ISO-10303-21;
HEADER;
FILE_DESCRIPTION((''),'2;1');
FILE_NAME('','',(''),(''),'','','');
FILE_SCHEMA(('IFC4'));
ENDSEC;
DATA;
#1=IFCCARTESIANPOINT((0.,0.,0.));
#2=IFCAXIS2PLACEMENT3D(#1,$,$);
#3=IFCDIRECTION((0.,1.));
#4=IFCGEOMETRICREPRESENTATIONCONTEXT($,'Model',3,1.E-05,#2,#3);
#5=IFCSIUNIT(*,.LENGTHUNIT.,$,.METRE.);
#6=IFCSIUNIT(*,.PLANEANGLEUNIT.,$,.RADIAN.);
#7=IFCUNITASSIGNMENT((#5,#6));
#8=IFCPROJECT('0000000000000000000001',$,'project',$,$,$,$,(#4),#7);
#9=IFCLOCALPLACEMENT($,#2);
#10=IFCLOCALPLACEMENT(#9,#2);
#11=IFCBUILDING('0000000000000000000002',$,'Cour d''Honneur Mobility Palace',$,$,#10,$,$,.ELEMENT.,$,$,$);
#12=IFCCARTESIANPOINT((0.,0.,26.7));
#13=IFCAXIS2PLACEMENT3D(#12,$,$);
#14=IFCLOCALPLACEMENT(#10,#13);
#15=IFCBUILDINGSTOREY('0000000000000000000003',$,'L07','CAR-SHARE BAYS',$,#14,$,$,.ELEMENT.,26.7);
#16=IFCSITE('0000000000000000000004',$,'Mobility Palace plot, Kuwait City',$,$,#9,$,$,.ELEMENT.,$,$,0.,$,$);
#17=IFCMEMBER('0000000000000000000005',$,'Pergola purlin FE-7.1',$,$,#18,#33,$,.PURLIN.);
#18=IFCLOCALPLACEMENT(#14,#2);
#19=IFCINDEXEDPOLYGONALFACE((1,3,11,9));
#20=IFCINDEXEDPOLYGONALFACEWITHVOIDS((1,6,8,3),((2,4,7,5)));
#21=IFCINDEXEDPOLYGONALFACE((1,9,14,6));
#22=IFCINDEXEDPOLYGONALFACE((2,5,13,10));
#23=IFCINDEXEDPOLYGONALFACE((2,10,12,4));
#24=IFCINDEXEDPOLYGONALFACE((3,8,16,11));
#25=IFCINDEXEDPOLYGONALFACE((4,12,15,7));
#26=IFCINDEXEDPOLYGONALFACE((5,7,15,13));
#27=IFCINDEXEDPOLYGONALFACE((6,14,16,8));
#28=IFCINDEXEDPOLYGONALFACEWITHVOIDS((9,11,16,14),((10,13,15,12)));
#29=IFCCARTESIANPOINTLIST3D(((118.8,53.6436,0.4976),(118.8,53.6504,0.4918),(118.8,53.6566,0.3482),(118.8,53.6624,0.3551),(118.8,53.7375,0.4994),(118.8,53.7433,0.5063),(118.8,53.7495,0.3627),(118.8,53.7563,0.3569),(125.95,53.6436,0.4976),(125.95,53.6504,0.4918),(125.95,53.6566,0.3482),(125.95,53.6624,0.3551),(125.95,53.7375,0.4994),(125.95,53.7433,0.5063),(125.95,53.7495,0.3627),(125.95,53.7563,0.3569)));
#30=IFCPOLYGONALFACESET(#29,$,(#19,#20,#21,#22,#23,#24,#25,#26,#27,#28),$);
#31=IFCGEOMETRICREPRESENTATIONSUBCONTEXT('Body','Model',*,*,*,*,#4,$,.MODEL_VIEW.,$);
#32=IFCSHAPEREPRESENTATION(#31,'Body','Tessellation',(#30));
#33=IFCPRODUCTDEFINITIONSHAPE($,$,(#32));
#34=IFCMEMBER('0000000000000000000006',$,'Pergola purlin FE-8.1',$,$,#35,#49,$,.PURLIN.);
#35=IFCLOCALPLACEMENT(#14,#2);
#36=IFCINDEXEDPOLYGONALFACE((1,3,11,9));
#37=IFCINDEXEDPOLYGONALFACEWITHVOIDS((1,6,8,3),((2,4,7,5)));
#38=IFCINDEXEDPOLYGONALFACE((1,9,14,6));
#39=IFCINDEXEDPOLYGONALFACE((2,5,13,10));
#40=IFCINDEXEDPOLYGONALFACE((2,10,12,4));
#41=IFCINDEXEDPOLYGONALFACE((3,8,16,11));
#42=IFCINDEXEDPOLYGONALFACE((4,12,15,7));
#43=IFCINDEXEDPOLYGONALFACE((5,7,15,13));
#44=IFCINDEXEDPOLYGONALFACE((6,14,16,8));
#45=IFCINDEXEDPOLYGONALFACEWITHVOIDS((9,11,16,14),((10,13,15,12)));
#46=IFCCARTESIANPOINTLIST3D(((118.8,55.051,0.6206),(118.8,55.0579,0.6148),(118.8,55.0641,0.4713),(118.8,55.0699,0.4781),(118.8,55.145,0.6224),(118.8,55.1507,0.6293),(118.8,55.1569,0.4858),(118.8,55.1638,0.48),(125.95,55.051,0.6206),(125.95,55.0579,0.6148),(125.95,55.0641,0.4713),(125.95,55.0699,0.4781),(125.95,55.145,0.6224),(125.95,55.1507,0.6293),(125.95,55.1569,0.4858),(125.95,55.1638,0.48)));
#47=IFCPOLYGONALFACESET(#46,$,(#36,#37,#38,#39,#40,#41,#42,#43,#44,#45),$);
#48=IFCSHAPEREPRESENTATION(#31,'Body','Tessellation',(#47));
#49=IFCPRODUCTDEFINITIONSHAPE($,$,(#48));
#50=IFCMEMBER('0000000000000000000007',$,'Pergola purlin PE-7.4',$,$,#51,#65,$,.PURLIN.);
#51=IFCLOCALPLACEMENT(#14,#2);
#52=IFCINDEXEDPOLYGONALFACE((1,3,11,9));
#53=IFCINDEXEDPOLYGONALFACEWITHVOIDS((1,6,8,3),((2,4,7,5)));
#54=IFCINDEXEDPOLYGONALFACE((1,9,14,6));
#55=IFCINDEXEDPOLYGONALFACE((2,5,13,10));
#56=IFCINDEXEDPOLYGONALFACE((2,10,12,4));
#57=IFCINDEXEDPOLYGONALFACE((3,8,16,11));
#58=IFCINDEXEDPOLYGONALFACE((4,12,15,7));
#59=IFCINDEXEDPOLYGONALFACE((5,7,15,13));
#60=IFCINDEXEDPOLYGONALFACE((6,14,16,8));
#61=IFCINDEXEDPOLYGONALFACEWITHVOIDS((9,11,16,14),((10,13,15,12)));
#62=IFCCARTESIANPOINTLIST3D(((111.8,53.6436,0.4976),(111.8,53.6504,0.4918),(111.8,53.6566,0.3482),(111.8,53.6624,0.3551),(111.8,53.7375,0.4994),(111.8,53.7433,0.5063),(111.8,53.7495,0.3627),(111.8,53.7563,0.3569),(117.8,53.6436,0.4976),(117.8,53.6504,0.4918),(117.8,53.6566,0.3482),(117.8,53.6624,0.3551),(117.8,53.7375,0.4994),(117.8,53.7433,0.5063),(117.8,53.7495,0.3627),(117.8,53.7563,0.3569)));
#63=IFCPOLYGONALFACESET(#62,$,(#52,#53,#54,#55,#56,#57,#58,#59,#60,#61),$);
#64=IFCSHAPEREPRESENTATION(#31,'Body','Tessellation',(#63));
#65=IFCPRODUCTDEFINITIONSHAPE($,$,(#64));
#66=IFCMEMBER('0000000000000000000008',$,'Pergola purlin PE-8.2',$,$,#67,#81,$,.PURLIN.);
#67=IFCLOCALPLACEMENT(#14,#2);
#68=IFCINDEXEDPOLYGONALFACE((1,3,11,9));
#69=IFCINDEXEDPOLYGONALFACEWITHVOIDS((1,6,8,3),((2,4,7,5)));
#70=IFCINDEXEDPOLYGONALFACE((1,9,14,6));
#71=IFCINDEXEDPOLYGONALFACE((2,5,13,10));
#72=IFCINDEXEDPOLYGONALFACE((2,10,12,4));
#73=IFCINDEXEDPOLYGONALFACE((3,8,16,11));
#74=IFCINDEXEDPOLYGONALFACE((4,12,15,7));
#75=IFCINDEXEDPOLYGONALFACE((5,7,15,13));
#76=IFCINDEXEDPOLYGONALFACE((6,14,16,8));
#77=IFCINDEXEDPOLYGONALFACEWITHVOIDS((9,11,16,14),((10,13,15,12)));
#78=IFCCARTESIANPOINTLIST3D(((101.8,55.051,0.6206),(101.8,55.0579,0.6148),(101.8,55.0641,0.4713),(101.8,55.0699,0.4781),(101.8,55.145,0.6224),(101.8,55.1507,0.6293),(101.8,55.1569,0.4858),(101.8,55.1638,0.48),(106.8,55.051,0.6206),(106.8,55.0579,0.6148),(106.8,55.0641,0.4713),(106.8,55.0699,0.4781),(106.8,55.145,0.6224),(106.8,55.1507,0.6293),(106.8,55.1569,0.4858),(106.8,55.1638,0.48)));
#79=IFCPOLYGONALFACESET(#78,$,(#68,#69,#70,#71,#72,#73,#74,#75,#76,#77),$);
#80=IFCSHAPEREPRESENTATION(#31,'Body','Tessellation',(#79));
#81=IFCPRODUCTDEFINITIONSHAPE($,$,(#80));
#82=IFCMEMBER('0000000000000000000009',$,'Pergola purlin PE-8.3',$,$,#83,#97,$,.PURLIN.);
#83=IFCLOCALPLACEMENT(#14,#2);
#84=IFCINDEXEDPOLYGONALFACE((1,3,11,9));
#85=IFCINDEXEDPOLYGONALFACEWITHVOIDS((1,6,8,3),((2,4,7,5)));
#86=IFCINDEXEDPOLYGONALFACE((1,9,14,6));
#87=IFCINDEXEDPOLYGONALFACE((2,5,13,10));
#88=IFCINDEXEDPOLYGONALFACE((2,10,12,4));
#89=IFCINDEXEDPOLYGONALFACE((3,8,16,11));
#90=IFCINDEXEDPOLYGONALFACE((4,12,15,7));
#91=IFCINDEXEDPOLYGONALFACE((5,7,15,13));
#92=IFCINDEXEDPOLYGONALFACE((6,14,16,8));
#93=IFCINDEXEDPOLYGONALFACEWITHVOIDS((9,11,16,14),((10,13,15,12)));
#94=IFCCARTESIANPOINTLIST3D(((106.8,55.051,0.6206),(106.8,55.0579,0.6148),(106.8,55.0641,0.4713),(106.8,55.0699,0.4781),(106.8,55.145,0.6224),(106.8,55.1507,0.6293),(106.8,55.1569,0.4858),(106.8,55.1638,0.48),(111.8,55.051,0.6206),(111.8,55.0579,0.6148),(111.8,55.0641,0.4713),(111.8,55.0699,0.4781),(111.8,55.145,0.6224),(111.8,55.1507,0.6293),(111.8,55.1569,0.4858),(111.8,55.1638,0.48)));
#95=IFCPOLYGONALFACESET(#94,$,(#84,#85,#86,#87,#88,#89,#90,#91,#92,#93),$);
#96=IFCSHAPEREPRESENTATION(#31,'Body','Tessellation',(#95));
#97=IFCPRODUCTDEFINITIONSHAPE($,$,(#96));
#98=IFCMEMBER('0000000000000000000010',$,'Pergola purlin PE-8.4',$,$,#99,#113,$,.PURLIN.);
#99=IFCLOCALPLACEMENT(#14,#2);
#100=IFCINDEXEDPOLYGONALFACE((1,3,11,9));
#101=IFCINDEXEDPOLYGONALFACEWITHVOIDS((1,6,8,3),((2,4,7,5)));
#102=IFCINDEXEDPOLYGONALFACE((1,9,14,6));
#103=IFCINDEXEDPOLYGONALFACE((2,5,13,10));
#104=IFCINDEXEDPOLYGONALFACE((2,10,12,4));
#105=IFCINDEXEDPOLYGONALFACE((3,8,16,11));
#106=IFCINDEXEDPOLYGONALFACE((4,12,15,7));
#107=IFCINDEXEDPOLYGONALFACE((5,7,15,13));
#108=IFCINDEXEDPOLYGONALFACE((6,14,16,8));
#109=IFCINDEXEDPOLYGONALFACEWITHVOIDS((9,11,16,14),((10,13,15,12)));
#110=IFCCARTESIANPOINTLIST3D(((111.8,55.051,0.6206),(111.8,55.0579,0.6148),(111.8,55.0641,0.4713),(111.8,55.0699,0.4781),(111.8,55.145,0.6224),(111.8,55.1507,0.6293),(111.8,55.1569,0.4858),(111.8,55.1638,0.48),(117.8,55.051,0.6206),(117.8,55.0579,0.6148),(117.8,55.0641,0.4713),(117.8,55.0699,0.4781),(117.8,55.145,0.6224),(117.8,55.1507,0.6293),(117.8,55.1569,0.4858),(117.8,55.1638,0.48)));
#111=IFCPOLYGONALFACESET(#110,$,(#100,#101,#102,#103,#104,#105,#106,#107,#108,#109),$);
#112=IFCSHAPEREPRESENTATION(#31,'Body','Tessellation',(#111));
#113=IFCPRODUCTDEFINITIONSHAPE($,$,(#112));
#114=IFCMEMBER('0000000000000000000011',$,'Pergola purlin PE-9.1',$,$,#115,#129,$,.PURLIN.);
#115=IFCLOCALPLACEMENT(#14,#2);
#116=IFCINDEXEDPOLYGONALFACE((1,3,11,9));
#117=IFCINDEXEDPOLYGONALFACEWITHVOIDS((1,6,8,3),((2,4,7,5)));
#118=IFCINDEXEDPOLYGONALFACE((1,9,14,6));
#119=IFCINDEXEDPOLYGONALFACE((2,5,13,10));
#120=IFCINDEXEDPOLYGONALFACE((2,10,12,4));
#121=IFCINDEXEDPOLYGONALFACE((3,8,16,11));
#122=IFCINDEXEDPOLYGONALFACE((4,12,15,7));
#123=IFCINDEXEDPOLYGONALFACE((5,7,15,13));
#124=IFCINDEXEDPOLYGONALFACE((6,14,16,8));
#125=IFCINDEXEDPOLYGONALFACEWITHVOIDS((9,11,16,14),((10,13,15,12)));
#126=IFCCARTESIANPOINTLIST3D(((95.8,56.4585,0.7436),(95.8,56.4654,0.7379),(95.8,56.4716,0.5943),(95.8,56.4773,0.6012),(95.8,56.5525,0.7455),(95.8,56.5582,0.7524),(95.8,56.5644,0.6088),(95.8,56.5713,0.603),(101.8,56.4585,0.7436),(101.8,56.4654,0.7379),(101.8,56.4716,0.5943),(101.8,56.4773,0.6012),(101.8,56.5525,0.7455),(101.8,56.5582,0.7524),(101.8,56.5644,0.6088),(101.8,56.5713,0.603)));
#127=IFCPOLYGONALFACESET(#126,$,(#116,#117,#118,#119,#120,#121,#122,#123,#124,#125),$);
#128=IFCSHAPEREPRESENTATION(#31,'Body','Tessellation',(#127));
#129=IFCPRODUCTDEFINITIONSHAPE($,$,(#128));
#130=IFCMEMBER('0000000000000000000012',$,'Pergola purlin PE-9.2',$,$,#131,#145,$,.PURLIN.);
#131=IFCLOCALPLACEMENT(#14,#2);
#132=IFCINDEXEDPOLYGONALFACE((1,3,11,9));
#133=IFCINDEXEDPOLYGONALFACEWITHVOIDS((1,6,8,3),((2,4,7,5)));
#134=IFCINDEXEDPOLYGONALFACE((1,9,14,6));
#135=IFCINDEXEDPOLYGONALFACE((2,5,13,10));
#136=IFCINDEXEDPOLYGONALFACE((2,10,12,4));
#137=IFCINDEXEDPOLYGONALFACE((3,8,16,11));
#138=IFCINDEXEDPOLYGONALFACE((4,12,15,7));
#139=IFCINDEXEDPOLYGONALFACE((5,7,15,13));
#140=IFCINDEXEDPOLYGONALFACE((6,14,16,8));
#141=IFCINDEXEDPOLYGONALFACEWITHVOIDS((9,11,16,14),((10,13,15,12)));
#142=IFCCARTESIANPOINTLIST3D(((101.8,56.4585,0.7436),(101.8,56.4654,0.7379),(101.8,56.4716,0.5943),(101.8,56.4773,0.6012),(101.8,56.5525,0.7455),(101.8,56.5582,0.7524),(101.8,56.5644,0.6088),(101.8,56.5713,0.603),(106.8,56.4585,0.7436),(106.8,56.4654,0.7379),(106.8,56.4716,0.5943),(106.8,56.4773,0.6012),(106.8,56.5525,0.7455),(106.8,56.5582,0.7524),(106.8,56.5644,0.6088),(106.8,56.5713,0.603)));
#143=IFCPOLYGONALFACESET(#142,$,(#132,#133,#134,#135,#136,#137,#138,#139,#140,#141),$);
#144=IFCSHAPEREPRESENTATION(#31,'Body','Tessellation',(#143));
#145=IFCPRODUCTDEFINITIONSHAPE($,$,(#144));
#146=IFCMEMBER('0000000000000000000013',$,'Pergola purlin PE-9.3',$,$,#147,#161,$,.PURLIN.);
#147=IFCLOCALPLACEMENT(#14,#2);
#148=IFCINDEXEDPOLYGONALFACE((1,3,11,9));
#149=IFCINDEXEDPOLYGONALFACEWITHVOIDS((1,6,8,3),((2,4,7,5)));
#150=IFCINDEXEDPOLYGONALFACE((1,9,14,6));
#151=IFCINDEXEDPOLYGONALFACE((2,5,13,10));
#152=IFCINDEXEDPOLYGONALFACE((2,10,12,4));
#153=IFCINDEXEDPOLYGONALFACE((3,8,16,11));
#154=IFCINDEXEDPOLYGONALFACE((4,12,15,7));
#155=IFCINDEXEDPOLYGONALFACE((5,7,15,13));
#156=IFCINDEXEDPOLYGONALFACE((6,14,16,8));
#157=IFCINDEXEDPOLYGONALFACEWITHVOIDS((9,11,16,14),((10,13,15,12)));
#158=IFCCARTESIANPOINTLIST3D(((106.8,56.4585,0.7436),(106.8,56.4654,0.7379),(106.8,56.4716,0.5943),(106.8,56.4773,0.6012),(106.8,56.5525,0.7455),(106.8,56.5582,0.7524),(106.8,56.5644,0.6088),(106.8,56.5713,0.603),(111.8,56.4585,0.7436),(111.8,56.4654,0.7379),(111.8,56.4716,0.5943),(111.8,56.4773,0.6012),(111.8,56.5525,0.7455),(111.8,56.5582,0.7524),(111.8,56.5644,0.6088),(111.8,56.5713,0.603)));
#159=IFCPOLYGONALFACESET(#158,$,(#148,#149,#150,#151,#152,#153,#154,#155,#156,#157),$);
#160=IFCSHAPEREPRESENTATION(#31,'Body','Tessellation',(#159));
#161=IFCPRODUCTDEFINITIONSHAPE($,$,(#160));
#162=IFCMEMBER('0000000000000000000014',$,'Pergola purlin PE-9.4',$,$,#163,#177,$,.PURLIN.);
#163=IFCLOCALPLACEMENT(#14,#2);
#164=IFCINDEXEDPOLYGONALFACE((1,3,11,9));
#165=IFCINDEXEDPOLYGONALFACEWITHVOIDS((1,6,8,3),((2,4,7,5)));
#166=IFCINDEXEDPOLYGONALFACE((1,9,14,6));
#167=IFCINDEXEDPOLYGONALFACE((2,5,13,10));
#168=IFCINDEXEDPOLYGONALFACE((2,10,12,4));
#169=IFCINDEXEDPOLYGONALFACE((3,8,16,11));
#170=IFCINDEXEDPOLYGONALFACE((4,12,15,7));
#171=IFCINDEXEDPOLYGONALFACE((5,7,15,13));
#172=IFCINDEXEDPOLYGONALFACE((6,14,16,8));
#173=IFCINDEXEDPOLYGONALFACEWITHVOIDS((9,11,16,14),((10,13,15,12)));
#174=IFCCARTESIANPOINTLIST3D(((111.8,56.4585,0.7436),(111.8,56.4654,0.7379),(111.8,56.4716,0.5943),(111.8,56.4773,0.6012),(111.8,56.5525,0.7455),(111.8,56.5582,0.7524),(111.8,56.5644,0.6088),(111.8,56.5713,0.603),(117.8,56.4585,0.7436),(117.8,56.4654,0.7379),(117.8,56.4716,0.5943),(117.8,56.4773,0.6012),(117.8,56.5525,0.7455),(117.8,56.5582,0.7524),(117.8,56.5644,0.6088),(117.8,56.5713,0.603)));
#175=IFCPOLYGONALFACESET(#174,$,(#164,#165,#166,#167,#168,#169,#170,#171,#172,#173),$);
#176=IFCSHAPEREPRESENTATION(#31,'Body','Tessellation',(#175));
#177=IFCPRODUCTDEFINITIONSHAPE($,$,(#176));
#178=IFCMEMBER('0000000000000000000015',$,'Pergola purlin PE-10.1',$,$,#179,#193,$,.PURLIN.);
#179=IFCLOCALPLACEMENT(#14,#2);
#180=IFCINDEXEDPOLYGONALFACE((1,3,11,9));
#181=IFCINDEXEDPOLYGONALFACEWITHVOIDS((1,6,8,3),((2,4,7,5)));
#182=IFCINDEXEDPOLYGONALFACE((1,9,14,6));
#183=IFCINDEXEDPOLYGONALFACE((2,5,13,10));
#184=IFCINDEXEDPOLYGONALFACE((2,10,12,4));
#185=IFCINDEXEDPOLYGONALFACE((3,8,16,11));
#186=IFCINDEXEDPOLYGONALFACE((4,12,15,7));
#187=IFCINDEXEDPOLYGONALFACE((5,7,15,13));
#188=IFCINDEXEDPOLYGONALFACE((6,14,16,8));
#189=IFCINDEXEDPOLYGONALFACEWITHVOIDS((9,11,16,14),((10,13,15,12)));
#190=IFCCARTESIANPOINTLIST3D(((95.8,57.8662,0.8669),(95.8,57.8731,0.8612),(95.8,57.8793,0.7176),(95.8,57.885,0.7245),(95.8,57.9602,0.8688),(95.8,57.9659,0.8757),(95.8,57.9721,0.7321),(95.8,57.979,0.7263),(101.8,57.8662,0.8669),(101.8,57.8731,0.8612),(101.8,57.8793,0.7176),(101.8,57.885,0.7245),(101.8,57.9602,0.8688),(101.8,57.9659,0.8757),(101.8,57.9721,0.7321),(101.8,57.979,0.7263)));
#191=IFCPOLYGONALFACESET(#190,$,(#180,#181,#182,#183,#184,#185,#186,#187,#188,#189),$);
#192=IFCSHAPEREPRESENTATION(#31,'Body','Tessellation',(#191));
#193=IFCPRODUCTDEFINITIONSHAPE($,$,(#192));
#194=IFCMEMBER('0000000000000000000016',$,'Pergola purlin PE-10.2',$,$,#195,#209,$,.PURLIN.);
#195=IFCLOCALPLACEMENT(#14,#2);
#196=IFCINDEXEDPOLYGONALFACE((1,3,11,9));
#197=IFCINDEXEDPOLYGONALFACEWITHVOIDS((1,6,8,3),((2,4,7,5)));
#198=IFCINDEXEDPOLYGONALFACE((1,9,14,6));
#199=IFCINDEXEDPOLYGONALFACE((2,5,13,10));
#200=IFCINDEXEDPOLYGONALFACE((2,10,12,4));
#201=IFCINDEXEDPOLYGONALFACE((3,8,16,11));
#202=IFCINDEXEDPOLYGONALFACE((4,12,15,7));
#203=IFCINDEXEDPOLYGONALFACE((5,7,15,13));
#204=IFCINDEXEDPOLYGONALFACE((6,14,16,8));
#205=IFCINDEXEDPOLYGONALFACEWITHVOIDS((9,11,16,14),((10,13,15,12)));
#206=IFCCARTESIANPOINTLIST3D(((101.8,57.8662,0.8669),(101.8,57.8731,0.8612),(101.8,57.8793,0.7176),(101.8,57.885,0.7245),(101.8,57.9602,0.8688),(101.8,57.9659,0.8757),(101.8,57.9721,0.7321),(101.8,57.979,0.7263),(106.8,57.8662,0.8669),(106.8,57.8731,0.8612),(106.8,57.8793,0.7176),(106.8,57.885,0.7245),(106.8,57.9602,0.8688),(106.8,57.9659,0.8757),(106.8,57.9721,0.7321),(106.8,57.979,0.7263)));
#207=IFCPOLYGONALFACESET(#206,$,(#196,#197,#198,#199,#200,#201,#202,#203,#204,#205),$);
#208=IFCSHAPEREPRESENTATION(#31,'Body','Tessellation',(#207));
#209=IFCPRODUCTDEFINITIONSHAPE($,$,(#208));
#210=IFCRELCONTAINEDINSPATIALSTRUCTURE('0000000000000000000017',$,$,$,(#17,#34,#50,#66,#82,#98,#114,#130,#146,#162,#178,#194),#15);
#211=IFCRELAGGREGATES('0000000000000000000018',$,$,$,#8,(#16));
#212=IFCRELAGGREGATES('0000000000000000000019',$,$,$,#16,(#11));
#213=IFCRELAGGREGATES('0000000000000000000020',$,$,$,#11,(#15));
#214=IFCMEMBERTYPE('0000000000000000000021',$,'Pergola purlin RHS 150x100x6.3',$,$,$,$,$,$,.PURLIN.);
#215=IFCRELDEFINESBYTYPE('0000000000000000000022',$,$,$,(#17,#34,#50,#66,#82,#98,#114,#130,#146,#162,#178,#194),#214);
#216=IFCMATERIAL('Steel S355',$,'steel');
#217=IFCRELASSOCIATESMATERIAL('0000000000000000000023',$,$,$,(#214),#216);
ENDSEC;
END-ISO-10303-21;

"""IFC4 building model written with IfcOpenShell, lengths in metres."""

from ifc_helpers import new_model, si_unit, direction, frame, origin, origin_2d, place, context, subcontext, project, spatial, hollow_rectangle, extrude, material, material_profile, profile_set, type_object, element, save


model = new_model("IFC4")

# Units and contexts
model_context = context("Model", 3, precision=1e-05, world=origin(), true_north=direction((0.0, 1.0)))
body_context = subcontext(model_context, "Body", "Model", "MODEL_VIEW")
ifc_project = project(units=[si_unit("LENGTHUNIT", "METRE"), si_unit("PLANEANGLEUNIT", "RADIAN")], contexts=[model_context])

# Site, building, storey
site_placement = place(None, origin())
site = spatial("IfcSite", under=ifc_project, at=site_placement, Name="Mobility Palace plot, Kuwait City", CompositionType="ELEMENT", RefElevation=0.0)
building_placement = place(site_placement, origin())
building = spatial("IfcBuilding", under=site, at=building_placement, Name="Cour d'Honneur Mobility Palace", CompositionType="ELEMENT")
storey_placement = place(building_placement, frame((0.0, 0.0, 26.7)))
storey = spatial("IfcBuildingStorey", under=building, at=storey_placement, Name="L07", Description="CAR-SHARE BAYS", CompositionType="ELEMENT", Elevation=26.7)

# Members
ifc_material_1 = material(Name="Steel S355", Category="steel")
ifc_material_profile = material_profile(ifc_material_1, hollow_rectangle(XDim=0.1001, YDim=0.1499, WallThickness=0.0063, at=origin_2d()), Name="RHS 150x100x6.3")
ifc_profile_set = profile_set([ifc_material_profile], Name="Steel S355")
member_type = type_object("IfcMemberType", Name="Pergola purlin RHS 150x100x6.3", PredefinedType="PURLIN", material=ifc_profile_set)
for number, where, z_axis, x_axis, name in (
    (1, (118.8, 53.7, 0.4272), (1.0, 0.0, 0.0), (0.0, 0.996197, 0.087131), "Pergola purlin FE-7.1"),
    (2, (118.8, 55.1074, 0.5503), (1.0, 0.0, 0.0), (0.0, 0.996197, 0.087131), "Pergola purlin FE-8.1"),
):
    element("IfcMember", number, at=place(storey_placement, frame(where, z_axis=z_axis, x_axis=x_axis)), inside=storey, type_object=member_type, Name=name, PredefinedType="PURLIN", context=body_context, shape_type="SweptSolid", body=[
        extrude(hollow_rectangle(XDim=0.1001, YDim=0.1499, WallThickness=0.0063, at=origin_2d()), origin(), (0.0, 0.0, 1.0), 7.1499),
    ])
member_1_placement = place(storey_placement, frame((111.8, 53.7, 0.4272), z_axis=(1.0, 0.0, 0.0), x_axis=(0.0, 0.996197, 0.087131)))
element("IfcMember", 3, at=member_1_placement, inside=storey, type_object=member_type, Name="Pergola purlin PE-7.4", PredefinedType="PURLIN", context=body_context, shape_type="SweptSolid", body=[
    extrude(hollow_rectangle(XDim=0.1001, YDim=0.1499, WallThickness=0.0063, at=origin_2d()), origin(), (0.0, 0.0, 1.0), 6.0),
])
for number, where, z_axis, x_axis, name in (
    (4, (101.8, 55.1074, 0.5503), (1.0, 0.0, 0.0), (0.0, 0.996197, 0.087131), "Pergola purlin PE-8.2"),
    (5, (106.8, 55.1074, 0.5503), (1.0, 0.0, 0.0), (0.0, 0.996197, 0.087131), "Pergola purlin PE-8.3"),
):
    element("IfcMember", number, at=place(storey_placement, frame(where, z_axis=z_axis, x_axis=x_axis)), inside=storey, type_object=member_type, Name=name, PredefinedType="PURLIN", context=body_context, shape_type="SweptSolid", body=[
        extrude(hollow_rectangle(XDim=0.1001, YDim=0.1499, WallThickness=0.0063, at=origin_2d()), origin(), (0.0, 0.0, 1.0), 5.0),
    ])
for number, where, z_axis, x_axis, name in (
    (6, (111.8, 55.1074, 0.5503), (1.0, 0.0, 0.0), (0.0, 0.996197, 0.087131), "Pergola purlin PE-8.4"),
    (7, (95.8, 56.5149, 0.6733), (1.0, 0.0, 0.0), (0.0, 0.996197, 0.087131), "Pergola purlin PE-9.1"),
):
    element("IfcMember", number, at=place(storey_placement, frame(where, z_axis=z_axis, x_axis=x_axis)), inside=storey, type_object=member_type, Name=name, PredefinedType="PURLIN", context=body_context, shape_type="SweptSolid", body=[
        extrude(hollow_rectangle(XDim=0.1001, YDim=0.1499, WallThickness=0.0063, at=origin_2d()), origin(), (0.0, 0.0, 1.0), 6.0),
    ])
for number, where, z_axis, x_axis, name in (
    (8, (101.8, 56.5149, 0.6733), (1.0, 0.0, 0.0), (0.0, 0.996197, 0.087131), "Pergola purlin PE-9.2"),
    (9, (106.8, 56.5149, 0.6733), (1.0, 0.0, 0.0), (0.0, 0.996197, 0.087131), "Pergola purlin PE-9.3"),
):
    element("IfcMember", number, at=place(storey_placement, frame(where, z_axis=z_axis, x_axis=x_axis)), inside=storey, type_object=member_type, Name=name, PredefinedType="PURLIN", context=body_context, shape_type="SweptSolid", body=[
        extrude(hollow_rectangle(XDim=0.1001, YDim=0.1499, WallThickness=0.0063, at=origin_2d()), origin(), (0.0, 0.0, 1.0), 5.0),
    ])
for number, where, z_axis, x_axis, name in (
    (10, (111.8, 56.5149, 0.6733), (1.0, 0.0, 0.0), (0.0, 0.996197, 0.087131), "Pergola purlin PE-9.4"),
    (11, (95.8, 57.9226, 0.7966), (1.0, 0.0, 0.0), (0.0, 0.996197, 0.087131), "Pergola purlin PE-10.1"),
):
    element("IfcMember", number, at=place(storey_placement, frame(where, z_axis=z_axis, x_axis=x_axis)), inside=storey, type_object=member_type, Name=name, PredefinedType="PURLIN", context=body_context, shape_type="SweptSolid", body=[
        extrude(hollow_rectangle(XDim=0.1001, YDim=0.1499, WallThickness=0.0063, at=origin_2d()), origin(), (0.0, 0.0, 1.0), 6.0),
    ])
for number, where, z_axis, x_axis, name in (
    (12, (101.8, 57.9226, 0.7966), (1.0, 0.0, 0.0), (0.0, 0.996197, 0.087131), "Pergola purlin PE-10.2"),
):
    element("IfcMember", number, at=place(storey_placement, frame(where, z_axis=z_axis, x_axis=x_axis)), inside=storey, type_object=member_type, Name=name, PredefinedType="PURLIN", context=body_context, shape_type="SweptSolid", body=[
        extrude(hollow_rectangle(XDim=0.1001, YDim=0.1499, WallThickness=0.0063, at=origin_2d()), origin(), (0.0, 0.0, 1.0), 5.0),
    ])

save(model, "model.ifc")
